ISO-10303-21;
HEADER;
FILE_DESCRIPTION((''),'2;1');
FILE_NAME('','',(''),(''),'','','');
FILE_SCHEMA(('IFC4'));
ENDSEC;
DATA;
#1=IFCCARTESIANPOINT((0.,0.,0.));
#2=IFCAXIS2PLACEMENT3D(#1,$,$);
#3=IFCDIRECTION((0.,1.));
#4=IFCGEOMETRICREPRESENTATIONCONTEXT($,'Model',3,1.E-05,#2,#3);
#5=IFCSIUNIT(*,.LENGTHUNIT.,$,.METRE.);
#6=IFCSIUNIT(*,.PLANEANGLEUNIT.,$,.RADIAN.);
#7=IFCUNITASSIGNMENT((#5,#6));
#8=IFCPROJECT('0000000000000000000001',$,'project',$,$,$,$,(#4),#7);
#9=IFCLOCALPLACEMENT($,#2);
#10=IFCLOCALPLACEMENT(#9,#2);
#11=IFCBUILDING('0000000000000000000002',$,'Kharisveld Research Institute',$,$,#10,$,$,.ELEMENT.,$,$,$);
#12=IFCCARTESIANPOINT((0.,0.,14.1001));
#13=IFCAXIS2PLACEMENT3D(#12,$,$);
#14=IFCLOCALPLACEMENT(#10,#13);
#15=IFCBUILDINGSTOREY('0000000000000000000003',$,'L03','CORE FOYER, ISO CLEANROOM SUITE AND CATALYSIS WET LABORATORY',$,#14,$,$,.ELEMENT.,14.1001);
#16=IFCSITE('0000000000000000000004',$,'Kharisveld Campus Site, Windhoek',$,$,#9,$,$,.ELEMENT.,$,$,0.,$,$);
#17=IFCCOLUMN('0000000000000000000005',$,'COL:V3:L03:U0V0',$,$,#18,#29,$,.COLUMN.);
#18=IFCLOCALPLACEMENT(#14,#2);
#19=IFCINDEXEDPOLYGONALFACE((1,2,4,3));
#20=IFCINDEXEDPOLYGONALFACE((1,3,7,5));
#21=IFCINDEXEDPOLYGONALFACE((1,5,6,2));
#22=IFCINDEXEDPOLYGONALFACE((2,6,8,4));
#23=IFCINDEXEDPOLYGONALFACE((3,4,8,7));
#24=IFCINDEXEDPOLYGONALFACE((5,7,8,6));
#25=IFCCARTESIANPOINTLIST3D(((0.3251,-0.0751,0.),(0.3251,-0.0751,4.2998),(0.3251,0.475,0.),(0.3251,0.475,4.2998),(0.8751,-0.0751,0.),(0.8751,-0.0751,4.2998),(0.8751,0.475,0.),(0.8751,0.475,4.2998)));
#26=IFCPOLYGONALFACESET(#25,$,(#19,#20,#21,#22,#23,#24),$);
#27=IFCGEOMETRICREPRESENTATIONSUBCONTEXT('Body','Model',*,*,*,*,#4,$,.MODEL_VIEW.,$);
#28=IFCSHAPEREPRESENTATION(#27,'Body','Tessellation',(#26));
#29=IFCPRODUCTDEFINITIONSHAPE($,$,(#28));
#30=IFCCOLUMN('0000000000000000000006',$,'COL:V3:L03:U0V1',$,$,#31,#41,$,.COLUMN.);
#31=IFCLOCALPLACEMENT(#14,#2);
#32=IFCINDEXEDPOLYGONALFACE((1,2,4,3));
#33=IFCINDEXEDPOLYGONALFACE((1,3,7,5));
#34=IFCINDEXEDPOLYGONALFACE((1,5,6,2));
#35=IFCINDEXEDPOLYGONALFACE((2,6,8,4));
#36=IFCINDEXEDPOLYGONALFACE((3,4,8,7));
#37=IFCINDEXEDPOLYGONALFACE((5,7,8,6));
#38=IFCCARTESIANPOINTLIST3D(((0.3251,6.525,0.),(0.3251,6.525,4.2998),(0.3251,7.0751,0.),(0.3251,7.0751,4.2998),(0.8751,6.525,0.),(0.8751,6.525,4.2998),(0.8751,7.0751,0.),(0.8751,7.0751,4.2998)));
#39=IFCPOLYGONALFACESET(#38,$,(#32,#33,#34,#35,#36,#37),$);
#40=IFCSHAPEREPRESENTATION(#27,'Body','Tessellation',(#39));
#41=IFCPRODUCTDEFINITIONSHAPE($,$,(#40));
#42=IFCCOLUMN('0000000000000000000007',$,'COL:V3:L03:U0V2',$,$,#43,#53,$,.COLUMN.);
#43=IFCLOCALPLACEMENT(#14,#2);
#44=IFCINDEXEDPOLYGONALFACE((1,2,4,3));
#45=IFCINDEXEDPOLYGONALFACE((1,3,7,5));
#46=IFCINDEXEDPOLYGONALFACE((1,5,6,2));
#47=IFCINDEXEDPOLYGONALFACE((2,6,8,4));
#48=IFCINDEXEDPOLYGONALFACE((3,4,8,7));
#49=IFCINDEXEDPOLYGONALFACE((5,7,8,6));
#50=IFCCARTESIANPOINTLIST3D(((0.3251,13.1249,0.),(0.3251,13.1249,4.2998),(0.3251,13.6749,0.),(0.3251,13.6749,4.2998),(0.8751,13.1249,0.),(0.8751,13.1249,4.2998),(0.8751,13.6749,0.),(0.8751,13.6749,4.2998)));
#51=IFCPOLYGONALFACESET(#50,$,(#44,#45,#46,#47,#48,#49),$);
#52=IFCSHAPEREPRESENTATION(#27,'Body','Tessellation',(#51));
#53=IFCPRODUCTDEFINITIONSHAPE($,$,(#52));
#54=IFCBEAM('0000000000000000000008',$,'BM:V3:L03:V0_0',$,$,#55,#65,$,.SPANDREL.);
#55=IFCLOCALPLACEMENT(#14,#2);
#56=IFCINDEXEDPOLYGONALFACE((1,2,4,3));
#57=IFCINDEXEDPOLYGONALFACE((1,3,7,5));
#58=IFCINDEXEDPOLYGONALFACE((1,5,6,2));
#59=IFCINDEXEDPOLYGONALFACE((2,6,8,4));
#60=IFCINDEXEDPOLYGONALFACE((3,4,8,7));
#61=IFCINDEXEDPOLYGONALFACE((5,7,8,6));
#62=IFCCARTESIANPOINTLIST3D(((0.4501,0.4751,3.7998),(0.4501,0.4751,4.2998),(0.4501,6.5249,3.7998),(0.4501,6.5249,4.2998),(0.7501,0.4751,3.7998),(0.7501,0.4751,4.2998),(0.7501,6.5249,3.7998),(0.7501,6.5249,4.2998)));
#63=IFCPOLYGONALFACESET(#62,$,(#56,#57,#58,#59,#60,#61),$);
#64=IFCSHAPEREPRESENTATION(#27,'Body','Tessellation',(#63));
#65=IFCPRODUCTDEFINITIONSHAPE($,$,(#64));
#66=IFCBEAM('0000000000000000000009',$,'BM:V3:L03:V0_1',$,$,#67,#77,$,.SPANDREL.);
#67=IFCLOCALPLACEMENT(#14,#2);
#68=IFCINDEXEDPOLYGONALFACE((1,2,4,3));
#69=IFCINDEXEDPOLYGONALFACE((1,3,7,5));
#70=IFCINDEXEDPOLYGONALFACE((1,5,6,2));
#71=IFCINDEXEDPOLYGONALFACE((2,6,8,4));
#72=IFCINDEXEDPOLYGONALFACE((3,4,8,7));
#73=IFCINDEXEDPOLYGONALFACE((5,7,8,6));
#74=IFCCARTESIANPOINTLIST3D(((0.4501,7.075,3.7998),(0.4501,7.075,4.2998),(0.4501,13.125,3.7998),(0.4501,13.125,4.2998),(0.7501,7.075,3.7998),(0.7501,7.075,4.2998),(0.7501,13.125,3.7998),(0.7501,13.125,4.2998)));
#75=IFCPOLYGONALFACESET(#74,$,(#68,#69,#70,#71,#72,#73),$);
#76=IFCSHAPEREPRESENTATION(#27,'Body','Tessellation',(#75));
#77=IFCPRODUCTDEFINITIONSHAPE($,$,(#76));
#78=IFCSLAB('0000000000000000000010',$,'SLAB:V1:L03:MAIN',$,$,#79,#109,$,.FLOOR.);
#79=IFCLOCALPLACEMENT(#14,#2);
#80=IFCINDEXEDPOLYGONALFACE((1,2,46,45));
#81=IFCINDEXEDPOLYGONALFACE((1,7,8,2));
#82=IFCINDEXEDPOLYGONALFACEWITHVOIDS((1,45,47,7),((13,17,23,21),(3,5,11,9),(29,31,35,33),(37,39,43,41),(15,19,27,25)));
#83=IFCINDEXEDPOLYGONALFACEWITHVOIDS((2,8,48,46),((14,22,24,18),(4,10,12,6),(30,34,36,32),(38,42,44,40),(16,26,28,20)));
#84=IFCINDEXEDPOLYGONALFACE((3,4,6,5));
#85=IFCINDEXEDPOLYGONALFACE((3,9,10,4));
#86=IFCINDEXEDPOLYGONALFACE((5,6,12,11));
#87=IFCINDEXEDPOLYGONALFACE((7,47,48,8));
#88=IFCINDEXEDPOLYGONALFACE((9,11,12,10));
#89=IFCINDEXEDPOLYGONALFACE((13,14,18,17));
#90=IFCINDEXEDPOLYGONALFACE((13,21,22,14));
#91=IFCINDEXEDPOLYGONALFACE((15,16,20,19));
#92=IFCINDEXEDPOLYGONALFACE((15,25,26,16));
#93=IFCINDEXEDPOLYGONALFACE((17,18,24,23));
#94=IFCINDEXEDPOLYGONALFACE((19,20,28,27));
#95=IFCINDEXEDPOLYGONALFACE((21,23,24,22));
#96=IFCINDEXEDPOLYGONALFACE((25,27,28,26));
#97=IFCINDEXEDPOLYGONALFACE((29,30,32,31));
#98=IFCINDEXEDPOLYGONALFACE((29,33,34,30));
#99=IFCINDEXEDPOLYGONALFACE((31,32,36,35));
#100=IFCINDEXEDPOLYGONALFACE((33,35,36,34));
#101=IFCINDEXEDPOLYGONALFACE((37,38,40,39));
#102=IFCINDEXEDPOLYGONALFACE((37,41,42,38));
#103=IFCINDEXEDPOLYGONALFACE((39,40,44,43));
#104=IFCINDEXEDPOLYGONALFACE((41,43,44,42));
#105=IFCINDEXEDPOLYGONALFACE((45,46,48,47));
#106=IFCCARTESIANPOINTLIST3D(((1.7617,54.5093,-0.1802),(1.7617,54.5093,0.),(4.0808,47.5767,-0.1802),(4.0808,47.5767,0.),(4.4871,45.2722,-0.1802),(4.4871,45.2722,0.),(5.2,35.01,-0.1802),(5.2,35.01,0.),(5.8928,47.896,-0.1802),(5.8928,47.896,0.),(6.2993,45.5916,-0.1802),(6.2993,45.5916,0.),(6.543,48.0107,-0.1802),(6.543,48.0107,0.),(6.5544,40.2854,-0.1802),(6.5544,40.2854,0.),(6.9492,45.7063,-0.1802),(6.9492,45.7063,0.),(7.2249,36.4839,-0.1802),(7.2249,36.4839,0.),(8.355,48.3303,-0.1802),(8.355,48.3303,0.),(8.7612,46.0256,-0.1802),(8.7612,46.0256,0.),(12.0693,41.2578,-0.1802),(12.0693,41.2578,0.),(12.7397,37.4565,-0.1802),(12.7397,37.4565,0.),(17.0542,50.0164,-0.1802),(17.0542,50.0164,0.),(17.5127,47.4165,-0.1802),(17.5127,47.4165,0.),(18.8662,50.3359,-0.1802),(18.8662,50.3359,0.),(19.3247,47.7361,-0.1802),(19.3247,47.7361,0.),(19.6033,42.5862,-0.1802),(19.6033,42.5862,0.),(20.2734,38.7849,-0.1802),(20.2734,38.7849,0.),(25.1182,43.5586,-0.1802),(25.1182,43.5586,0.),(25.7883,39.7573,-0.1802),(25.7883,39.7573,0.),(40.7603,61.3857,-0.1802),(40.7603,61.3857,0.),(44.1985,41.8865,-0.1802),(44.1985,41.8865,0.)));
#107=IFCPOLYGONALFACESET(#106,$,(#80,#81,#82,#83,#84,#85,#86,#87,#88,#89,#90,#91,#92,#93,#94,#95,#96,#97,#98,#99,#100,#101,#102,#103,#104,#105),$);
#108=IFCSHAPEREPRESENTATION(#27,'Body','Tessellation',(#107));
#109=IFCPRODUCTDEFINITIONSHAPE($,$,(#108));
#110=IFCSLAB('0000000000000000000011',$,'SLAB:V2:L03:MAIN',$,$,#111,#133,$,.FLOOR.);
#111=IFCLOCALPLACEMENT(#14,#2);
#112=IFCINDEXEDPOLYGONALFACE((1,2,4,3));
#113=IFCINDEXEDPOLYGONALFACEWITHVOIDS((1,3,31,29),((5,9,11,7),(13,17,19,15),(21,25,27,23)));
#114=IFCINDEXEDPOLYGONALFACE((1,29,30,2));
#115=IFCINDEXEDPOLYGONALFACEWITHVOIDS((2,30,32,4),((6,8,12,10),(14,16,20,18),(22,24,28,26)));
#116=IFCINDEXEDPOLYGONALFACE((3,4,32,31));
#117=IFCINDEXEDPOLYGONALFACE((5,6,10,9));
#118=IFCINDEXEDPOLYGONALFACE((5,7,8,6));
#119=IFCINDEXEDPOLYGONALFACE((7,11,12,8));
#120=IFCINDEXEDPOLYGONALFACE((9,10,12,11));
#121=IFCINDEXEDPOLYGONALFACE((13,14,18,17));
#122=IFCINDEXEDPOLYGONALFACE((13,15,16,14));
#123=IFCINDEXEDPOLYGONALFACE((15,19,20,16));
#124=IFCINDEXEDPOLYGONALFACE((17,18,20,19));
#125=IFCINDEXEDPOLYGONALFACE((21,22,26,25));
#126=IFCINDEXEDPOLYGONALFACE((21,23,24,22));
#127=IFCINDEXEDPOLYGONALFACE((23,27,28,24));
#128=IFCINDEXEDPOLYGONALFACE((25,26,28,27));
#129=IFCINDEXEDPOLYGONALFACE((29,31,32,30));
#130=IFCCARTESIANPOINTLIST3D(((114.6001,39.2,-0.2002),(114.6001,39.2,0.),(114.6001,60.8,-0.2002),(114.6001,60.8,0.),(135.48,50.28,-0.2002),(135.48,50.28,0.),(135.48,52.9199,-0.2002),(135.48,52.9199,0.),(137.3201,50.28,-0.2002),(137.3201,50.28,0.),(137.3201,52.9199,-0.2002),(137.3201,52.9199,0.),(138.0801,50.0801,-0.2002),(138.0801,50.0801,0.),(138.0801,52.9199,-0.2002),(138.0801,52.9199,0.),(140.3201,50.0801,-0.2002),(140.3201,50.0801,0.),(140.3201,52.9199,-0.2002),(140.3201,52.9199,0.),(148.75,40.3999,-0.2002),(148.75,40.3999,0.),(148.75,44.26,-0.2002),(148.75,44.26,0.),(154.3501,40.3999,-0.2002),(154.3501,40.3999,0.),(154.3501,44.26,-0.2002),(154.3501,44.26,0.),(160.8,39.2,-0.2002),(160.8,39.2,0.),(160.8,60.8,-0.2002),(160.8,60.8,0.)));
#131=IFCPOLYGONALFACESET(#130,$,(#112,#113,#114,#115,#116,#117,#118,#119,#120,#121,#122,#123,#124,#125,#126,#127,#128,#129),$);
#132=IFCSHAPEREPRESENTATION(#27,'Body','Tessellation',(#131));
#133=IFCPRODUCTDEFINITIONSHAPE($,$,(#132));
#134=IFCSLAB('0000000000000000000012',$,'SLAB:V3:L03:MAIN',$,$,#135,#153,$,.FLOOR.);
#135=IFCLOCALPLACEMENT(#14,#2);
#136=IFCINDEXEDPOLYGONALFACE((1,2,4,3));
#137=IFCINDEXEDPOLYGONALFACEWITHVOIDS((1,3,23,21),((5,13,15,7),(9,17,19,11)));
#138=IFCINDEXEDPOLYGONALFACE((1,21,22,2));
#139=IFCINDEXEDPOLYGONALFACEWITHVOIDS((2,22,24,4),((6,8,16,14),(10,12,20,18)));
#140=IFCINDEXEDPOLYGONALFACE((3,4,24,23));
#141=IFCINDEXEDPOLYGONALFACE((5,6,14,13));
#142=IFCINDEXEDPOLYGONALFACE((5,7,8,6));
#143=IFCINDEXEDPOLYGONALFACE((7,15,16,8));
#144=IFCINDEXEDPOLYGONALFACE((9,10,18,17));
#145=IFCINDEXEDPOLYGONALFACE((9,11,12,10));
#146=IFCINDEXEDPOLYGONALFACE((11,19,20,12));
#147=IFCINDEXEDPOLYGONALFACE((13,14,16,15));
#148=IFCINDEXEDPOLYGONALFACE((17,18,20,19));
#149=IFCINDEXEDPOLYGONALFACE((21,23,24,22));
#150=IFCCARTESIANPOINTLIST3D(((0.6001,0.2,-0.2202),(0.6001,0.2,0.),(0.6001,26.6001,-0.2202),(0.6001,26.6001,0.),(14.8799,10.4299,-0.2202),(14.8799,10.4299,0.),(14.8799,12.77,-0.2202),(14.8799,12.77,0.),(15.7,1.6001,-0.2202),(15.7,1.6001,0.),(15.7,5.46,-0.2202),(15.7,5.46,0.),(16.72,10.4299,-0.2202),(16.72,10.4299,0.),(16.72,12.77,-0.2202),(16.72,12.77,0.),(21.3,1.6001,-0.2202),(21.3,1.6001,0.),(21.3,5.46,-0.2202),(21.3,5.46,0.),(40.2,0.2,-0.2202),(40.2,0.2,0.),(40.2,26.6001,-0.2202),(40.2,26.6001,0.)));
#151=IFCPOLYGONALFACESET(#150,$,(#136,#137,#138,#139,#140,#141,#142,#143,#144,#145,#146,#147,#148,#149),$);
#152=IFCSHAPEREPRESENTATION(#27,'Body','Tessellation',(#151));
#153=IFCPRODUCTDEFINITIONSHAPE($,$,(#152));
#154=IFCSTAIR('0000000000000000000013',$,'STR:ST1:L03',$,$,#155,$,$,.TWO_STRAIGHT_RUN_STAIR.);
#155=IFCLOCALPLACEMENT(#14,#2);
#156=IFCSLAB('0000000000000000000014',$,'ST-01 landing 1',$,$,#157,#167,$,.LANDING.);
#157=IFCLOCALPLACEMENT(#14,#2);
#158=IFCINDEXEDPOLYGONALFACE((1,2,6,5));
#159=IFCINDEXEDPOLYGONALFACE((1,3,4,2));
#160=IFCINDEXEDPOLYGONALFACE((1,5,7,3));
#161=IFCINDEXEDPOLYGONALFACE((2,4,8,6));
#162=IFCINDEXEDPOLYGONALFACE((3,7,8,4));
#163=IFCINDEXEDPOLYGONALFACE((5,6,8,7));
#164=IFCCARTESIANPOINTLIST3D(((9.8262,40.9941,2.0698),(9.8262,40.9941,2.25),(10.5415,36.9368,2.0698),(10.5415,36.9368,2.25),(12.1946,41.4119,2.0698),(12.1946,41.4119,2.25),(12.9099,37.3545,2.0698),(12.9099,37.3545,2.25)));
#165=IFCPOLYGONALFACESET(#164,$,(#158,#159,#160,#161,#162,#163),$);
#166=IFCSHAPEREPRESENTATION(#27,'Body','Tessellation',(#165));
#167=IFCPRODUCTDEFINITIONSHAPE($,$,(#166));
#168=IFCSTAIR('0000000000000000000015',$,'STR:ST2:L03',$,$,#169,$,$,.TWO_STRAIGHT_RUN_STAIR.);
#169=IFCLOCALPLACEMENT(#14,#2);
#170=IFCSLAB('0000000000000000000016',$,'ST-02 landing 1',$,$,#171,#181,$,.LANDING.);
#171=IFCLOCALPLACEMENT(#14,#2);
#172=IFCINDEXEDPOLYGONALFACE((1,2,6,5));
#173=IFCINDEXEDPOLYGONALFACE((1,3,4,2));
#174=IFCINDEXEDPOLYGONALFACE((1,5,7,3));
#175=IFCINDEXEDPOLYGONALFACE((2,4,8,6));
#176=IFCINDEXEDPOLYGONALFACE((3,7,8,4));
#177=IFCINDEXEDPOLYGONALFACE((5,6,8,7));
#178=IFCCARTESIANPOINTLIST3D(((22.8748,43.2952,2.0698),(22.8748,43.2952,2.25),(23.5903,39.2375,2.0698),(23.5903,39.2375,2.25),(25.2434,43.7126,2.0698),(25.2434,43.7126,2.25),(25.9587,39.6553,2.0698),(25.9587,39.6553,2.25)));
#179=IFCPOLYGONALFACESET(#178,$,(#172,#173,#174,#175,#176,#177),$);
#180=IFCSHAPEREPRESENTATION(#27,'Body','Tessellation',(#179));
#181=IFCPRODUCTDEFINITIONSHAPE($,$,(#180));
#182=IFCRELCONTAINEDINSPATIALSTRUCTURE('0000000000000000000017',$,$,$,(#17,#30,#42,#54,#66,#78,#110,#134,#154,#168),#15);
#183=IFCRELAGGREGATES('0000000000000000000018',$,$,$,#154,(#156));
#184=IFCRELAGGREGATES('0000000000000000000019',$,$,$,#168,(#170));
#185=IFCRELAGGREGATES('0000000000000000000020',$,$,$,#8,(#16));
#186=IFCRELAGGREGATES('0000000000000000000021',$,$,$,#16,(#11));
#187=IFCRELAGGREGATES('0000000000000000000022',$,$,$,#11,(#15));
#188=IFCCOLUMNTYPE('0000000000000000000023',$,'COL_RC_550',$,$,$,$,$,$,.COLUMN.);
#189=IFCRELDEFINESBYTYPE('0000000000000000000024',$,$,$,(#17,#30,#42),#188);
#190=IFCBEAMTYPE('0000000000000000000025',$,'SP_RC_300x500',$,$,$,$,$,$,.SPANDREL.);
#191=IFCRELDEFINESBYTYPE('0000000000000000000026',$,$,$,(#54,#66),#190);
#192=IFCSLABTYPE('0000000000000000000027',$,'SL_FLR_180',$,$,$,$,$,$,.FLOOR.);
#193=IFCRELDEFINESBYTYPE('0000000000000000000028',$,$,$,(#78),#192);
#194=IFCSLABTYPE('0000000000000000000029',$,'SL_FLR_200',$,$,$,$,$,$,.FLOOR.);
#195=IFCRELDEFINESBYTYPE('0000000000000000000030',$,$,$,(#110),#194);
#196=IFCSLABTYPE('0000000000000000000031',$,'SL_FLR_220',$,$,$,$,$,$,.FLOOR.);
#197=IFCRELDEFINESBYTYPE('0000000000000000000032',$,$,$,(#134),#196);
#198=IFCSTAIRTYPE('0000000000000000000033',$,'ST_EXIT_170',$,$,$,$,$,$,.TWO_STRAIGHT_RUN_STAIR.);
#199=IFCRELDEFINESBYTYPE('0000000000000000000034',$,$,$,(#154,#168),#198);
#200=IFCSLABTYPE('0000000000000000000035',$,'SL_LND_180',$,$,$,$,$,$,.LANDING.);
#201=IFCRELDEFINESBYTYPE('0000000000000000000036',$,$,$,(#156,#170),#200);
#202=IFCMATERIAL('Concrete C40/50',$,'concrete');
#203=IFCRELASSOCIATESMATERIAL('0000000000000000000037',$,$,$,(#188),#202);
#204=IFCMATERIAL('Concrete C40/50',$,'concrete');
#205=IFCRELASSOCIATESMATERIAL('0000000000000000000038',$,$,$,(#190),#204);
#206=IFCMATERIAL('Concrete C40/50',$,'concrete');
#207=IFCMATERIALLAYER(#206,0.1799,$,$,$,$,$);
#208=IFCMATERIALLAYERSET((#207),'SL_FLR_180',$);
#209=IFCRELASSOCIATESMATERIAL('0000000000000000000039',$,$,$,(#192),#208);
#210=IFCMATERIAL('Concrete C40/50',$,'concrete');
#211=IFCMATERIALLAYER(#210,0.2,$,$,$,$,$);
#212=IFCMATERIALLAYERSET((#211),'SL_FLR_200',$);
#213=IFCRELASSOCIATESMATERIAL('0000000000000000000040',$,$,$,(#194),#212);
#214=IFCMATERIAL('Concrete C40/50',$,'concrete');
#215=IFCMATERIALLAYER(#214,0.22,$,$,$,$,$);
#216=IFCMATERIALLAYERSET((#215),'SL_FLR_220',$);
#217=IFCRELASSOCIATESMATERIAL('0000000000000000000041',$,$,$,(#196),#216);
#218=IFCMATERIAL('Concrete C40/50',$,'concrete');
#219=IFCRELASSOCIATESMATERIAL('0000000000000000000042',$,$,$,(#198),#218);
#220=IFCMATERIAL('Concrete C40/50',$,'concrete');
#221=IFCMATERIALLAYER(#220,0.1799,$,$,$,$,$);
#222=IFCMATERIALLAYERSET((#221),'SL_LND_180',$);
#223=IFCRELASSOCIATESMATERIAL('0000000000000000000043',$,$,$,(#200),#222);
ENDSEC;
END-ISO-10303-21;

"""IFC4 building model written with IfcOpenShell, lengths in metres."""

from ifc_helpers import new_model, si_unit, direction, frame, origin, origin_2d, place, context, subcontext, project, spatial, polyline, rectangle, outline, extrude, material, layer, layer_set, material_profile, profile_set, type_object, element, aggregate, save


model = new_model("IFC4")

# Units and contexts
model_context = context("Model", 3, precision=1e-05, world=origin(), true_north=direction((0.0, 1.0)))
body_context = subcontext(model_context, "Body", "Model", "MODEL_VIEW")
ifc_project = project(units=[si_unit("LENGTHUNIT", "METRE"), si_unit("PLANEANGLEUNIT", "RADIAN")], contexts=[model_context])

# Site, building, storey
site_placement = place(None, origin())
site = spatial("IfcSite", under=ifc_project, at=site_placement, Name="Kharisveld Campus Site, Windhoek", CompositionType="ELEMENT", RefElevation=0.0)
building_placement = place(site_placement, origin())
building = spatial("IfcBuilding", under=site, at=building_placement, Name="Kharisveld Research Institute", CompositionType="ELEMENT")
storey_placement = place(building_placement, frame((0.0, 0.0, 14.1001)))
storey = spatial("IfcBuildingStorey", under=building, at=storey_placement, Name="L03", Description="CORE FOYER, ISO CLEANROOM SUITE AND CATALYSIS WET LABORATORY", CompositionType="ELEMENT", Elevation=14.1001)

# Columns
ifc_material_1 = material(Name="Concrete C40/50", Category="concrete")
ifc_material_profile_1 = material_profile(ifc_material_1, rectangle(XDim=0.55, YDim=0.55, at=origin_2d()))
ifc_profile_set_1 = profile_set([ifc_material_profile_1], Name="Concrete C40/50")
column_type = type_object("IfcColumnType", Name="COL_RC_550", PredefinedType="COLUMN", material=ifc_profile_set_1)
for number, where, z_axis, x_axis, name in (
    (1, (0.6001, 0.2, 0.0), (0.0, 0.0, 1.0), (1.0, 0.0, 0.0), "COL:V3:L03:U0V0"),
    (2, (0.6001, 6.8, 0.0), (0.0, 0.0, 1.0), (1.0, 0.0, 0.0), "COL:V3:L03:U0V1"),
    (3, (0.6001, 13.3999, 0.0), (0.0, 0.0, 1.0), (1.0, 0.0, 0.0), "COL:V3:L03:U0V2"),
):
    element("IfcColumn", number, at=place(storey_placement, frame(where, z_axis=z_axis, x_axis=x_axis)), inside=storey, type_object=column_type, Name=name, PredefinedType="COLUMN", context=body_context, shape_type="SweptSolid", body=[
        extrude(rectangle(XDim=0.55, YDim=0.55, at=origin_2d()), origin(), (0.0, 0.0, 1.0), 4.2998),
    ])

# Beams
ifc_material_2 = material(Name="Concrete C40/50", Category="concrete")
ifc_material_profile_2 = material_profile(ifc_material_2, rectangle(XDim=0.3, YDim=0.5, at=origin_2d()))
ifc_profile_set_2 = profile_set([ifc_material_profile_2], Name="Concrete C40/50")
beam_type = type_object("IfcBeamType", Name="SP_RC_300x500", PredefinedType="SPANDREL", material=ifc_profile_set_2)
beam_1_placement = place(storey_placement, frame((0.6001, 0.4751, 4.0498), z_axis=(0.0, 1.0, 0.0), x_axis=(-1.0, 0.0, 0.0)))
element("IfcBeam", 4, at=beam_1_placement, inside=storey, type_object=beam_type, Name="BM:V3:L03:V0_0", PredefinedType="SPANDREL", context=body_context, shape_type="SweptSolid", body=[
    extrude(rectangle(XDim=0.3, YDim=0.5, at=origin_2d()), origin(), (0.0, 0.0, 1.0), 6.0498),
])
beam_2_placement = place(storey_placement, frame((0.6001, 7.075, 4.0498), z_axis=(0.0, 1.0, 0.0), x_axis=(-1.0, 0.0, 0.0)))
element("IfcBeam", 5, at=beam_2_placement, inside=storey, type_object=beam_type, Name="BM:V3:L03:V0_1", PredefinedType="SPANDREL", context=body_context, shape_type="SweptSolid", body=[
    extrude(rectangle(XDim=0.3, YDim=0.5, at=origin_2d()), origin(), (0.0, 0.0, 1.0), 6.05),
])

# Slabs
ifc_material_3 = material(Name="Concrete C40/50", Category="concrete")
ifc_layer_1 = layer(ifc_material_3, 0.1799)
ifc_layer_set_1 = layer_set([ifc_layer_1], Name="SL_FLR_180")
slab_type_1 = type_object("IfcSlabType", Name="SL_FLR_180", PredefinedType="FLOOR", material=ifc_layer_set_1)
slab_1_placement = place(storey_placement, frame((0.0, 0.0, -0.1802)))
element("IfcSlab", 6, at=slab_1_placement, inside=storey, type_object=slab_type_1, Name="SLAB:V1:L03:MAIN", PredefinedType="FLOOR", context=body_context, shape_type="SweptSolid", body=[
    extrude(outline(polyline([(5.2, 35.01), (44.1985, 41.8865), (40.7603, 61.3857), (1.7617, 54.5093), (5.2, 35.01)]), holes=[polyline([(12.7397, 37.4565), (7.2249, 36.4839), (6.5544, 40.2854), (12.0693, 41.2578), (12.7397, 37.4565)]), polyline([(25.7883, 39.7573), (20.2734, 38.7849), (19.6033, 42.5862), (25.1182, 43.5586), (25.7883, 39.7573)]), polyline([(6.2993, 45.5916), (4.4871, 45.2722), (4.0808, 47.5767), (5.8928, 47.896), (6.2993, 45.5916)]), polyline([(6.9492, 45.7063), (6.543, 48.0107), (8.355, 48.3303), (8.7612, 46.0256), (6.9492, 45.7063)]), polyline([(17.5127, 47.4165), (17.0542, 50.0164), (18.8662, 50.3359), (19.3247, 47.7361), (17.5127, 47.4165)])]), origin(), (0.0, 0.0, 1.0), 0.1802),
])
ifc_material_4 = material(Name="Concrete C40/50", Category="concrete")
ifc_layer_2 = layer(ifc_material_4, 0.2)
ifc_layer_set_2 = layer_set([ifc_layer_2], Name="SL_FLR_200")
slab_type_2 = type_object("IfcSlabType", Name="SL_FLR_200", PredefinedType="FLOOR", material=ifc_layer_set_2)
slab_2_placement = place(storey_placement, frame((0.0, 0.0, -0.2002)))
element("IfcSlab", 7, at=slab_2_placement, inside=storey, type_object=slab_type_2, Name="SLAB:V2:L03:MAIN", PredefinedType="FLOOR", context=body_context, shape_type="SweptSolid", body=[
    extrude(outline(polyline([(114.6001, 39.2), (160.8, 39.2), (160.8, 60.8), (114.6001, 60.8), (114.6001, 39.2)]), holes=[polyline([(154.3501, 44.26), (154.3501, 40.3999), (148.75, 40.3999), (148.75, 44.26), (154.3501, 44.26)]), polyline([(140.3201, 50.0801), (138.0801, 50.0801), (138.0801, 52.9199), (140.3201, 52.9199), (140.3201, 50.0801)]), polyline([(137.3201, 50.28), (135.48, 50.28), (135.48, 52.9199), (137.3201, 52.9199), (137.3201, 50.28)])]), origin(), (0.0, 0.0, 1.0), 0.2002),
])
ifc_material_5 = material(Name="Concrete C40/50", Category="concrete")
ifc_layer_3 = layer(ifc_material_5, 0.22)
ifc_layer_set_3 = layer_set([ifc_layer_3], Name="SL_FLR_220")
slab_type_3 = type_object("IfcSlabType", Name="SL_FLR_220", PredefinedType="FLOOR", material=ifc_layer_set_3)
slab_3_placement = place(storey_placement, frame((0.0, 0.0, -0.2202)))
element("IfcSlab", 8, at=slab_3_placement, inside=storey, type_object=slab_type_3, Name="SLAB:V3:L03:MAIN", PredefinedType="FLOOR", context=body_context, shape_type="SweptSolid", body=[
    extrude(outline(polyline([(0.6001, 0.2), (40.2, 0.2), (40.2, 26.6001), (0.6001, 26.6001), (0.6001, 0.2)]), holes=[polyline([(21.3, 5.46), (21.3, 1.6001), (15.7, 1.6001), (15.7, 5.46), (21.3, 5.46)]), polyline([(16.72, 12.77), (16.72, 10.4299), (14.8799, 10.4299), (14.8799, 12.77), (16.72, 12.77)])]), origin(), (0.0, 0.0, 1.0), 0.2202),
])

# Stairs, slabs
ifc_material_6 = material(Name="Concrete C40/50", Category="concrete")
stair_type = type_object("IfcStairType", Name="ST_EXIT_170", PredefinedType="TWO_STRAIGHT_RUN_STAIR", material=ifc_material_6)
stair_1_placement = place(storey_placement, origin())
stair_1 = element("IfcStair", 9, at=stair_1_placement, inside=storey, type_object=stair_type, Name="STR:ST1:L03", PredefinedType="TWO_STRAIGHT_RUN_STAIR")
ifc_material_7 = material(Name="Concrete C40/50", Category="concrete")
ifc_layer_4 = layer(ifc_material_7, 0.1799)
ifc_layer_set_4 = layer_set([ifc_layer_4], Name="SL_LND_180")
slab_type_4 = type_object("IfcSlabType", Name="SL_LND_180", PredefinedType="LANDING", material=ifc_layer_set_4)
slab_4_placement = place(storey_placement, frame((0.0, 0.0, 2.0698)))
slab_4 = element("IfcSlab", 10, at=slab_4_placement, type_object=slab_type_4, Name="ST-01 landing 1", PredefinedType="LANDING", context=body_context, shape_type="SweptSolid", body=[
    extrude(outline(polyline([(10.5415, 36.9368), (12.9099, 37.3545), (12.1946, 41.4119), (9.8262, 40.9941), (10.5415, 36.9368)])), origin(), (0.0, 0.0, 1.0), 0.1802),
])
aggregate(stair_1, [slab_4])
stair_2_placement = place(storey_placement, origin())
stair_2 = element("IfcStair", 11, at=stair_2_placement, inside=storey, type_object=stair_type, Name="STR:ST2:L03", PredefinedType="TWO_STRAIGHT_RUN_STAIR")
slab_5_placement = place(storey_placement, frame((0.0, 0.0, 2.0698)))
slab_5 = element("IfcSlab", 12, at=slab_5_placement, type_object=slab_type_4, Name="ST-02 landing 1", PredefinedType="LANDING", context=body_context, shape_type="SweptSolid", body=[
    extrude(outline(polyline([(23.5903, 39.2375), (25.9587, 39.6553), (25.2434, 43.7126), (22.8748, 43.2952), (23.5903, 39.2375)])), origin(), (0.0, 0.0, 1.0), 0.1802),
])
aggregate(stair_2, [slab_5])

save(model, "model.ifc")
